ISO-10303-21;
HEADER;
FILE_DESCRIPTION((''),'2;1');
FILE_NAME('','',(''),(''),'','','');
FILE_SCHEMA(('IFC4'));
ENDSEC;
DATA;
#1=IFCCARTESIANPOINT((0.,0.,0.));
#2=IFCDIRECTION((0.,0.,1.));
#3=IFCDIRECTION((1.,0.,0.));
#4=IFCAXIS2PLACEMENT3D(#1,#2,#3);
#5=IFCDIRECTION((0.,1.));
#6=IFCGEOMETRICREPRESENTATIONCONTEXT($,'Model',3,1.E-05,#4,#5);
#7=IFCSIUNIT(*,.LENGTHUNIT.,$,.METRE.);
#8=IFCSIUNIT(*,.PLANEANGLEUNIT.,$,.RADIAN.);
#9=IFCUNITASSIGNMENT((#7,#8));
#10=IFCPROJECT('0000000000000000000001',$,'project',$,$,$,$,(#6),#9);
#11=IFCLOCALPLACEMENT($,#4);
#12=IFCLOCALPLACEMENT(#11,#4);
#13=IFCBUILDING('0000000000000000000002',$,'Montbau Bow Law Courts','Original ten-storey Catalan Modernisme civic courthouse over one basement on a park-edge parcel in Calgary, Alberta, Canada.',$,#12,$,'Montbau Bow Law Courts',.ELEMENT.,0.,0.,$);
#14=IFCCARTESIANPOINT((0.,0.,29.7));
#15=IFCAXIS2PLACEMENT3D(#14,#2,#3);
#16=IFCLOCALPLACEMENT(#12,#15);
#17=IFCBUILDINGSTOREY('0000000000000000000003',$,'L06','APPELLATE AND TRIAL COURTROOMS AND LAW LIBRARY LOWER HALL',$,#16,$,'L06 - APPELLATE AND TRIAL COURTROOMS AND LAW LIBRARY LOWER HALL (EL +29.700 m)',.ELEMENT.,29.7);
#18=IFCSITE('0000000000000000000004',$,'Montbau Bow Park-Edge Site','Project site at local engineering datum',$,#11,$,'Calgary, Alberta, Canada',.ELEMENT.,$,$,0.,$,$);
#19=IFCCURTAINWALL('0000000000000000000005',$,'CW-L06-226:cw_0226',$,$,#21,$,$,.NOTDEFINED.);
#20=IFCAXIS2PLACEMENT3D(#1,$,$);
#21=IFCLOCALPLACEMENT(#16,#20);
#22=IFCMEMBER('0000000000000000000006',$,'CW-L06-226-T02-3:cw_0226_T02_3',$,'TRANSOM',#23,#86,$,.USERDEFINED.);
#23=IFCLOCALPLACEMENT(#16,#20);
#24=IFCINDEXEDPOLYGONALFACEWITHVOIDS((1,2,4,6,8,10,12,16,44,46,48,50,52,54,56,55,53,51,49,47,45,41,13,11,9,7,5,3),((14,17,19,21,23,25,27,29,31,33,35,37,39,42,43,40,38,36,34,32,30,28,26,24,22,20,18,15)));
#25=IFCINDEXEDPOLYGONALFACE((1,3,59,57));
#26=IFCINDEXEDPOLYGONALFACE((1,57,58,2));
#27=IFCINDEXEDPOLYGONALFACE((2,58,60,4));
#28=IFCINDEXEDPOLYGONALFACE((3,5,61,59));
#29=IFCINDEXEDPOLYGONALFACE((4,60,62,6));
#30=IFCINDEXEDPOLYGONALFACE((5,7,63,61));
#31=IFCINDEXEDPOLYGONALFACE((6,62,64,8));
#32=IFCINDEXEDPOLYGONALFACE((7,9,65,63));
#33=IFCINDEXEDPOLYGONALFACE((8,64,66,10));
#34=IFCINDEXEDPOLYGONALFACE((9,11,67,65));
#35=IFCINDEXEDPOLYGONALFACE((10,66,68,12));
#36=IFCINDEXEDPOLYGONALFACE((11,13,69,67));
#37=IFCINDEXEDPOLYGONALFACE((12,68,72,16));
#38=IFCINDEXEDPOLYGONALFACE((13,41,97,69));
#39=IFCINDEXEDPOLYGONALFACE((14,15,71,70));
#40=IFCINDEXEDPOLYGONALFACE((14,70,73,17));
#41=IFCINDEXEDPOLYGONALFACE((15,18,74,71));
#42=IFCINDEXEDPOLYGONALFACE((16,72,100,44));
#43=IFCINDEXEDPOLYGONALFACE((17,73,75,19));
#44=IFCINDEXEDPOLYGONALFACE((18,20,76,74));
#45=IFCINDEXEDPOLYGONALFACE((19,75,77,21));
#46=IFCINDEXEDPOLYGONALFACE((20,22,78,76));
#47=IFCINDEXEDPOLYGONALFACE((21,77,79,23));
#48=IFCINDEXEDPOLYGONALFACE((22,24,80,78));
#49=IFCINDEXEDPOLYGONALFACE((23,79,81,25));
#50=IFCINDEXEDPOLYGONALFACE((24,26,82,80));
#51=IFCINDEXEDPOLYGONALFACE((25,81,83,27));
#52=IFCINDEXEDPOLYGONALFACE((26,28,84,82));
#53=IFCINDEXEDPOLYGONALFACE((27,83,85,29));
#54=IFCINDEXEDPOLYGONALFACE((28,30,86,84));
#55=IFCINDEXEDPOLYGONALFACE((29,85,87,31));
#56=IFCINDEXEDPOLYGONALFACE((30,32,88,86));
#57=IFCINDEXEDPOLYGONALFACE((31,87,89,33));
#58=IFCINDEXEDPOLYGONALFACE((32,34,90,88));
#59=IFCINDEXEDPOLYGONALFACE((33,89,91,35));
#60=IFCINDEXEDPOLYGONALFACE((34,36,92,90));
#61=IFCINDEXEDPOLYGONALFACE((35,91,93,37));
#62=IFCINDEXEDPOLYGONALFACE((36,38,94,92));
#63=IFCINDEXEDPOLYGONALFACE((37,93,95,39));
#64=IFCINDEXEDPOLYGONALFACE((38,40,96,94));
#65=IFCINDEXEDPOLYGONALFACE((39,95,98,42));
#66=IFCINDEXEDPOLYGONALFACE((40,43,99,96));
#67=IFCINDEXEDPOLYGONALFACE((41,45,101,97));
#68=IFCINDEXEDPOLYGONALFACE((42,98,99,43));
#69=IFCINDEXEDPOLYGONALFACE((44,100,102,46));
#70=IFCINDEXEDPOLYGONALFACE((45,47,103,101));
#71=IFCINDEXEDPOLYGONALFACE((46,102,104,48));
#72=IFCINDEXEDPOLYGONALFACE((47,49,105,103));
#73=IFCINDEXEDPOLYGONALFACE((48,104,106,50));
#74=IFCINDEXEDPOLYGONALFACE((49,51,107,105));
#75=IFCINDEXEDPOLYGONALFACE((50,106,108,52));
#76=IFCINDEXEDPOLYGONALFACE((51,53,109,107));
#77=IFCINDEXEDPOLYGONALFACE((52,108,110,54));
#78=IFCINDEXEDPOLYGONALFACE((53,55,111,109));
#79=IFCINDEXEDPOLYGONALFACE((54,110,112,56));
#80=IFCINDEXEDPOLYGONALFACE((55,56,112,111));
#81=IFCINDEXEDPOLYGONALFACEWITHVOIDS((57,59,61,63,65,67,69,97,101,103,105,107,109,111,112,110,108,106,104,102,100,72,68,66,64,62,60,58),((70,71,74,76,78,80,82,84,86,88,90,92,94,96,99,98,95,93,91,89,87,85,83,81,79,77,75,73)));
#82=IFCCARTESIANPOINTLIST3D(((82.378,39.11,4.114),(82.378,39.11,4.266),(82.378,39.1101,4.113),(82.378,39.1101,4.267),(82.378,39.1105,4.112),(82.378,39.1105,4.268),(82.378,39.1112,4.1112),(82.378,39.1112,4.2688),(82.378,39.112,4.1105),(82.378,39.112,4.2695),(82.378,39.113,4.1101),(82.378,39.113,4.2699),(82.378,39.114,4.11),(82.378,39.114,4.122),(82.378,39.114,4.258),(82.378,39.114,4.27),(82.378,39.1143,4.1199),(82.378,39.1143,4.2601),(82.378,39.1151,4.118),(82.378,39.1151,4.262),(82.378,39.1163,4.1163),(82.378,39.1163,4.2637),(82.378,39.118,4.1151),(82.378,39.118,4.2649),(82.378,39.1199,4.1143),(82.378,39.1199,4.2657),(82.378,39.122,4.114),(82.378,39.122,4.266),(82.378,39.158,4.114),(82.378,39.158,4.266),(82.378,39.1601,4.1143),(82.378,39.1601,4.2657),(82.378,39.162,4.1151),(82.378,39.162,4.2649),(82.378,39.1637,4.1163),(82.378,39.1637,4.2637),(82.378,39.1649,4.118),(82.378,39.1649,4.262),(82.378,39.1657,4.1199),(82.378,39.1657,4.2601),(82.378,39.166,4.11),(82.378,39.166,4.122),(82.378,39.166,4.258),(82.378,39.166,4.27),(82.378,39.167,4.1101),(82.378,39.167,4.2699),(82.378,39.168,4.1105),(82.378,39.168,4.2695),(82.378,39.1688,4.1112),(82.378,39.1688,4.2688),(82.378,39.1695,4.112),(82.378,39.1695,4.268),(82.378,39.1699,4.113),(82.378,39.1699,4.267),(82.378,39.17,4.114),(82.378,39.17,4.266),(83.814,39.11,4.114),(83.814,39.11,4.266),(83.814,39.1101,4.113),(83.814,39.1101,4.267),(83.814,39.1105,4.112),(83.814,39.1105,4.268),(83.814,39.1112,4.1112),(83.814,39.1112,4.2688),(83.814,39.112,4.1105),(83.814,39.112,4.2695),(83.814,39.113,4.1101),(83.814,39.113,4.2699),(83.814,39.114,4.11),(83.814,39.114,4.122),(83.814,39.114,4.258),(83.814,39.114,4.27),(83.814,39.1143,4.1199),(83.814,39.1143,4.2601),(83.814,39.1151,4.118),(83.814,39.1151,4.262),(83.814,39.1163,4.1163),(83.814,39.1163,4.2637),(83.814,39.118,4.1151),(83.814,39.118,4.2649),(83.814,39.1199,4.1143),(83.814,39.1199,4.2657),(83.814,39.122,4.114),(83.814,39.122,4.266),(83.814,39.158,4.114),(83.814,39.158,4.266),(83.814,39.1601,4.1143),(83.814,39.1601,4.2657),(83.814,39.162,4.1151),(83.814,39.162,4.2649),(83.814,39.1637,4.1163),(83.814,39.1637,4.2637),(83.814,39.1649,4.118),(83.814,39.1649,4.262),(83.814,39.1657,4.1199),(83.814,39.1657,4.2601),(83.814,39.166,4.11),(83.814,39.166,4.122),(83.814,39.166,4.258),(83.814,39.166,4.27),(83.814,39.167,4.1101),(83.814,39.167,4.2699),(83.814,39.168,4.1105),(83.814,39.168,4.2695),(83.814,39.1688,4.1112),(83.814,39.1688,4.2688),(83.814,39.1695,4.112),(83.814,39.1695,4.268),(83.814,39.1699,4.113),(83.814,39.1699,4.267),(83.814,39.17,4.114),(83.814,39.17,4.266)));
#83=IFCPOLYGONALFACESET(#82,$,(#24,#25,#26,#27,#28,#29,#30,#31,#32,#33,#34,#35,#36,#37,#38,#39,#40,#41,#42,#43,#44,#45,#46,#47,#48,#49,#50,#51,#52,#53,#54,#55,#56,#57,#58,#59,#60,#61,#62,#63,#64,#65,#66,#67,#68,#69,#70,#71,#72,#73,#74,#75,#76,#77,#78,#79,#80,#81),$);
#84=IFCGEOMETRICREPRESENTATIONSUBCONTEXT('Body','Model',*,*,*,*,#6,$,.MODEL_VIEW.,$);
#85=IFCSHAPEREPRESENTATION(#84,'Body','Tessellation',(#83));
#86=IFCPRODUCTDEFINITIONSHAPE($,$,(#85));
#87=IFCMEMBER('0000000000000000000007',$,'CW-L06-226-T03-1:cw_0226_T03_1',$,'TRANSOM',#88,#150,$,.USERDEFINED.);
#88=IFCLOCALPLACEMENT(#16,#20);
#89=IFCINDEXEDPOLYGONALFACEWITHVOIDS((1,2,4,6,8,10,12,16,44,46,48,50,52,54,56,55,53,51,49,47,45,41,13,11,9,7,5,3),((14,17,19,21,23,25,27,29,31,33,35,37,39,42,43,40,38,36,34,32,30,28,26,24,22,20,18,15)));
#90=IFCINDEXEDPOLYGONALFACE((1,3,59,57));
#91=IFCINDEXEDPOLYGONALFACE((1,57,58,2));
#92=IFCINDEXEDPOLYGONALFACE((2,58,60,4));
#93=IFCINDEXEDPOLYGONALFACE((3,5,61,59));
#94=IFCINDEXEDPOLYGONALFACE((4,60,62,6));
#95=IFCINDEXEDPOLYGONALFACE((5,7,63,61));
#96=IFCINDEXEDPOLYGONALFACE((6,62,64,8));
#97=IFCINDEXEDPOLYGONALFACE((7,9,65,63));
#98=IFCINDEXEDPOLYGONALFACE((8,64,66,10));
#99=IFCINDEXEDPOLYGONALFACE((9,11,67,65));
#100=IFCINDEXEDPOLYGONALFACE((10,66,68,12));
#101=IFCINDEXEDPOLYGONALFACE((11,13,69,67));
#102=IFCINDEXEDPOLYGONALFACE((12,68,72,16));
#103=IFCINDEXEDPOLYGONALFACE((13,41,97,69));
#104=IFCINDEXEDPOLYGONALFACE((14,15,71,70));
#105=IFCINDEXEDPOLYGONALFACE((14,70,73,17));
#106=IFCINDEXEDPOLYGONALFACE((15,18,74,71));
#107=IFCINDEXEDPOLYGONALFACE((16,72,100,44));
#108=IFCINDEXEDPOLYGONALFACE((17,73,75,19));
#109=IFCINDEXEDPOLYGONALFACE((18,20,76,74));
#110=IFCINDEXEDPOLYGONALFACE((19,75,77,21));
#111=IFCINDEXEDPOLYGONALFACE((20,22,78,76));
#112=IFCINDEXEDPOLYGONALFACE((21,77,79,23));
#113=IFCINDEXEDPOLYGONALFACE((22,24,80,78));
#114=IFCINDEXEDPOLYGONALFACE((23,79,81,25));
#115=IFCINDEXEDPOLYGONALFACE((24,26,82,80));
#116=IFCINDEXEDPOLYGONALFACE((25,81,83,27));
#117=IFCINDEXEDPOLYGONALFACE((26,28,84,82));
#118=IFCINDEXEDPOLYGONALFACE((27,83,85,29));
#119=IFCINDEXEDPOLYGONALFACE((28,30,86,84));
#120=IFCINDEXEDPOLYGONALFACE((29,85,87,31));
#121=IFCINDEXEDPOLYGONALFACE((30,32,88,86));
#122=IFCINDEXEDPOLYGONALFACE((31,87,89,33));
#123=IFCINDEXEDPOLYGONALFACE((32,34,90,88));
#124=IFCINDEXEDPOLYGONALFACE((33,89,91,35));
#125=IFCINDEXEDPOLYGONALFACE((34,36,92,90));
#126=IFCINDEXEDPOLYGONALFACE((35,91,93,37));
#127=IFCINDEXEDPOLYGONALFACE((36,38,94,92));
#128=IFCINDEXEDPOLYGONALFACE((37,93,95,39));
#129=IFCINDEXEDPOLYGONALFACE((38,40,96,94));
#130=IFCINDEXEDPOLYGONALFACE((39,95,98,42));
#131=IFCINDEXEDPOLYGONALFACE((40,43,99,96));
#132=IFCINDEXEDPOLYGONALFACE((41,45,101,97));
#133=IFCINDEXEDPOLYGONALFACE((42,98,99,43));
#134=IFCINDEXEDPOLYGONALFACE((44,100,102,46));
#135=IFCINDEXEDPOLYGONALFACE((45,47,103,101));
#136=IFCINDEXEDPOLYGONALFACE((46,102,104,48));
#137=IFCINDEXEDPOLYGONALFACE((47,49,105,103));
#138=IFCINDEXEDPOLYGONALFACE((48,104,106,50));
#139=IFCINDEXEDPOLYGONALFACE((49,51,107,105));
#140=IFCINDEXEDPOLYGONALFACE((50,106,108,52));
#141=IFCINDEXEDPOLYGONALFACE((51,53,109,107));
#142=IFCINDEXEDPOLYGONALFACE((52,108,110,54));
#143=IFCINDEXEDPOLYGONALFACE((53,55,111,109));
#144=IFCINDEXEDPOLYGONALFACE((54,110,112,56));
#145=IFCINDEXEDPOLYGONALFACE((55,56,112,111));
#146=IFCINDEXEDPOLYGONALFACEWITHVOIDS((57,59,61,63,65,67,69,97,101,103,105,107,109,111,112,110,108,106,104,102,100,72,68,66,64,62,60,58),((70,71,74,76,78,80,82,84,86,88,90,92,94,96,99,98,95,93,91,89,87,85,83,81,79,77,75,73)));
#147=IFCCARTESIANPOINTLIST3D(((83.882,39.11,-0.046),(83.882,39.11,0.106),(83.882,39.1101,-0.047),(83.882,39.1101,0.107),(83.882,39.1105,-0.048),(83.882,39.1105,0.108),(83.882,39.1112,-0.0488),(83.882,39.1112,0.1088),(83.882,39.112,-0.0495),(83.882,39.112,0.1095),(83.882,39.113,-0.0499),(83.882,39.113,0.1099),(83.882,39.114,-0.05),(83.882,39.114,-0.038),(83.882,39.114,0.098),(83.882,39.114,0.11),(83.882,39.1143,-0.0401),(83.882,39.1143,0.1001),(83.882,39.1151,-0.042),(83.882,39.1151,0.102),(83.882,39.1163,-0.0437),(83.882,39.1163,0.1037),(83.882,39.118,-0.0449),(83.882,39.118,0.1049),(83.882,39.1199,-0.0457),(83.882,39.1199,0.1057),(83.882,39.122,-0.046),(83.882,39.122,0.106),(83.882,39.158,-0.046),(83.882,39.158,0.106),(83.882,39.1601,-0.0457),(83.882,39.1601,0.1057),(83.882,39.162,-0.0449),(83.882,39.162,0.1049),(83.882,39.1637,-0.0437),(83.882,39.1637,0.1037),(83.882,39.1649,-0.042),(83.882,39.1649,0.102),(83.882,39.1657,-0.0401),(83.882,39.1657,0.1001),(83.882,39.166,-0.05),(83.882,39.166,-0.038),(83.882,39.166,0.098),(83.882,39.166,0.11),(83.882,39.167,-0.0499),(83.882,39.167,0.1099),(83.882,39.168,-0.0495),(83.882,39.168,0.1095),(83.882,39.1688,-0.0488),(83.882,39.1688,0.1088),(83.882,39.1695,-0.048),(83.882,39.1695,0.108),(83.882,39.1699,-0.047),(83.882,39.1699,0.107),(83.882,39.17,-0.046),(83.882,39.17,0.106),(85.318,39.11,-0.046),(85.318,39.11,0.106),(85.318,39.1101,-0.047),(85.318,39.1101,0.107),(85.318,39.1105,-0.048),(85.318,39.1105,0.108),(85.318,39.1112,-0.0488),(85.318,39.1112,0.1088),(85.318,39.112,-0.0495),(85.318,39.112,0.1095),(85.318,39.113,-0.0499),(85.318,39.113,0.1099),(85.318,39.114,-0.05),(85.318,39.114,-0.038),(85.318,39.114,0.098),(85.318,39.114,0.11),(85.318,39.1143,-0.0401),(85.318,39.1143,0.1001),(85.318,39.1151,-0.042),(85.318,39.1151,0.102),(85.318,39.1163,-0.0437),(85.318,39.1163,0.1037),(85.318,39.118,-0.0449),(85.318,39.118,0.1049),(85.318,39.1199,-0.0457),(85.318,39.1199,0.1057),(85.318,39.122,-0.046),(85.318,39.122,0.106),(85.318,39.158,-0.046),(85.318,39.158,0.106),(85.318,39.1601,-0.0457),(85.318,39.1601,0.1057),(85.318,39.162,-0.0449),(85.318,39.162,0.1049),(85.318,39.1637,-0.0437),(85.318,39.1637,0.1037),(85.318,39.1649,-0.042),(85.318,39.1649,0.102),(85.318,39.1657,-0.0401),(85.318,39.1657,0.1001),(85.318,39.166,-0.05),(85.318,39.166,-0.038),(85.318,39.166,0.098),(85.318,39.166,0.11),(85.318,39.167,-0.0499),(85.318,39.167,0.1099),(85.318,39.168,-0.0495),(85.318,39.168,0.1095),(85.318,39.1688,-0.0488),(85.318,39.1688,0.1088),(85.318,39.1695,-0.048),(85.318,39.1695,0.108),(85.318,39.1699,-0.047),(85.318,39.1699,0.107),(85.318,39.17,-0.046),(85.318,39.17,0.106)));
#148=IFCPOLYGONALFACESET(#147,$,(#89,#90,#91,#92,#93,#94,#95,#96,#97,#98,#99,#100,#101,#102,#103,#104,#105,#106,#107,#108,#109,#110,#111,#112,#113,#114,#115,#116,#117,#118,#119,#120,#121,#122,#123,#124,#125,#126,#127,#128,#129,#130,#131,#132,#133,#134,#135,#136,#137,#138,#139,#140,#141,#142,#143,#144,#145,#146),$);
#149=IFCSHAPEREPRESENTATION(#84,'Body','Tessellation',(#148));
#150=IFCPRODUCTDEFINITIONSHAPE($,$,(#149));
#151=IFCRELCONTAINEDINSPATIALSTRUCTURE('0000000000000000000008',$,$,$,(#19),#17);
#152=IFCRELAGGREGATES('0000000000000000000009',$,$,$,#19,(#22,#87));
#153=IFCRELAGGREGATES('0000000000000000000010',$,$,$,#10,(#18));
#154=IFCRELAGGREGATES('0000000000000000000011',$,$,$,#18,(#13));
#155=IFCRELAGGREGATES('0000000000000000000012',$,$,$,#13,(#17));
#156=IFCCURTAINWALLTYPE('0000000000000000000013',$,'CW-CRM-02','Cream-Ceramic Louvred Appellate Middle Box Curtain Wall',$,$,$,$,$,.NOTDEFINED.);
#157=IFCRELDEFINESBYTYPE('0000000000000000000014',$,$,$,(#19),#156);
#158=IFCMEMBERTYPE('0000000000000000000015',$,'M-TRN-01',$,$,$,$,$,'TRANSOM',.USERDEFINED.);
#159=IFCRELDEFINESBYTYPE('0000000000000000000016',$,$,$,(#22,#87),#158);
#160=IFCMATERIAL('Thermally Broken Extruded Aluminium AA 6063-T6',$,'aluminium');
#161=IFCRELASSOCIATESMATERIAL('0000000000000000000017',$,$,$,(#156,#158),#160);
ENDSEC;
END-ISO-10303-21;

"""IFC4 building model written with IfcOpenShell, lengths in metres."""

from ifc_helpers import new_model, si_unit, direction, frame, origin_with_axes, origin_2d_with_axis, place, context, subcontext, project, spatial, hollow_rectangle, extrude, material, material_profile, profile_set, type_object, element, aggregate, save


model = new_model("IFC4")

# Units and contexts
model_context = context("Model", 3, precision=1e-05, world=origin_with_axes(), true_north=direction((0.0, 1.0)))
body_context = subcontext(model_context, "Body", "Model", "MODEL_VIEW")
ifc_project = project(units=[si_unit("LENGTHUNIT", "METRE"), si_unit("PLANEANGLEUNIT", "RADIAN")], contexts=[model_context])

# Site, building, storey
site_placement = place(None, origin_with_axes())
site = spatial("IfcSite", under=ifc_project, at=site_placement, Name="Montbau Bow Park-Edge Site", Description="Project site at local engineering datum", LongName="Calgary, Alberta, Canada", CompositionType="ELEMENT", RefElevation=0.0)
building_placement = place(site_placement, origin_with_axes())
building = spatial("IfcBuilding", under=site, at=building_placement, Name="Montbau Bow Law Courts", Description="Original ten-storey Catalan Modernisme civic courthouse over one basement on a park-edge parcel in Calgary, Alberta, Canada.", LongName="Montbau Bow Law Courts", CompositionType="ELEMENT", ElevationOfRefHeight=0.0, ElevationOfTerrain=0.0)
storey_placement = place(building_placement, frame((0.0, 0.0, 29.7), z_axis=(0.0, 0.0, 1.0), x_axis=(1.0, 0.0, 0.0)))
storey = spatial("IfcBuildingStorey", under=building, at=storey_placement, Name="L06", Description="APPELLATE AND TRIAL COURTROOMS AND LAW LIBRARY LOWER HALL", LongName="L06 - APPELLATE AND TRIAL COURTROOMS AND LAW LIBRARY LOWER HALL (EL +29.700 m)", CompositionType="ELEMENT", Elevation=29.7)

# Shared definitions
ifc_material_1 = material(Name="Thermally Broken Extruded Aluminium AA 6063-T6", Category="aluminium")
curtain_wall_type = type_object("IfcCurtainWallType", Name="CW-CRM-02", Description="Cream-Ceramic Louvred Appellate Middle Box Curtain Wall", PredefinedType="NOTDEFINED", material=ifc_material_1)

# Curtain wall, members
curtain_wall_1_placement = place(None, frame((80.84, 39.14, 29.7), z_axis=(0.0, 0.0, 1.0), x_axis=(1.0, 0.0, 0.0)))
curtain_wall_1 = element("IfcCurtainWall", 1, at=curtain_wall_1_placement, inside=storey, type_object=curtain_wall_type, Name="CW-L06-226:cw_0226", PredefinedType="NOTDEFINED")
ifc_material_profile_1 = material_profile(ifc_material_1, hollow_rectangle(XDim=0.06, YDim=0.16, WallThickness=0.004, InnerFilletRadius=0.008, OuterFilletRadius=0.004, at=origin_2d_with_axis()), Name="CWT-160X60", Category="Main", Priority=0)
ifc_profile_set_1 = profile_set([ifc_material_profile_1], Name="Thermally Broken Extruded Aluminium AA 6063-T6")
member_type_1 = type_object("IfcMemberType", Name="M-TRN-01", ElementType="TRANSOM", PredefinedType="USERDEFINED", material=ifc_profile_set_1)
member_1_placement = place(None, frame((82.378, 39.14, 33.89), z_axis=(1.0, 0.0, 0.0), x_axis=(0.0, 1.0, 0.0)))
member_1 = element("IfcMember", 2, at=member_1_placement, type_object=member_type_1, Name="CW-L06-226-T02-3:cw_0226_T02_3", ObjectType="TRANSOM", PredefinedType="USERDEFINED", context=body_context, shape_type="SweptSolid", body=[
    extrude(hollow_rectangle(XDim=0.06, YDim=0.16, WallThickness=0.004, InnerFilletRadius=0.008, OuterFilletRadius=0.004, at=origin_2d_with_axis()), origin_with_axes(), (0.0, 0.0, 1.0), 1.436),
])
member_2_placement = place(None, frame((83.882, 39.14, 29.73), z_axis=(1.0, 0.0, 0.0), x_axis=(0.0, 1.0, 0.0)))
member_2 = element("IfcMember", 3, at=member_2_placement, type_object=member_type_1, Name="CW-L06-226-T03-1:cw_0226_T03_1", ObjectType="TRANSOM", PredefinedType="USERDEFINED", context=body_context, shape_type="SweptSolid", body=[
    extrude(hollow_rectangle(XDim=0.06, YDim=0.16, WallThickness=0.004, InnerFilletRadius=0.008, OuterFilletRadius=0.004, at=origin_2d_with_axis()), origin_with_axes(), (0.0, 0.0, 1.0), 1.436),
])

aggregate(curtain_wall_1, [member_1, member_2])

save(model, "model.ifc")
